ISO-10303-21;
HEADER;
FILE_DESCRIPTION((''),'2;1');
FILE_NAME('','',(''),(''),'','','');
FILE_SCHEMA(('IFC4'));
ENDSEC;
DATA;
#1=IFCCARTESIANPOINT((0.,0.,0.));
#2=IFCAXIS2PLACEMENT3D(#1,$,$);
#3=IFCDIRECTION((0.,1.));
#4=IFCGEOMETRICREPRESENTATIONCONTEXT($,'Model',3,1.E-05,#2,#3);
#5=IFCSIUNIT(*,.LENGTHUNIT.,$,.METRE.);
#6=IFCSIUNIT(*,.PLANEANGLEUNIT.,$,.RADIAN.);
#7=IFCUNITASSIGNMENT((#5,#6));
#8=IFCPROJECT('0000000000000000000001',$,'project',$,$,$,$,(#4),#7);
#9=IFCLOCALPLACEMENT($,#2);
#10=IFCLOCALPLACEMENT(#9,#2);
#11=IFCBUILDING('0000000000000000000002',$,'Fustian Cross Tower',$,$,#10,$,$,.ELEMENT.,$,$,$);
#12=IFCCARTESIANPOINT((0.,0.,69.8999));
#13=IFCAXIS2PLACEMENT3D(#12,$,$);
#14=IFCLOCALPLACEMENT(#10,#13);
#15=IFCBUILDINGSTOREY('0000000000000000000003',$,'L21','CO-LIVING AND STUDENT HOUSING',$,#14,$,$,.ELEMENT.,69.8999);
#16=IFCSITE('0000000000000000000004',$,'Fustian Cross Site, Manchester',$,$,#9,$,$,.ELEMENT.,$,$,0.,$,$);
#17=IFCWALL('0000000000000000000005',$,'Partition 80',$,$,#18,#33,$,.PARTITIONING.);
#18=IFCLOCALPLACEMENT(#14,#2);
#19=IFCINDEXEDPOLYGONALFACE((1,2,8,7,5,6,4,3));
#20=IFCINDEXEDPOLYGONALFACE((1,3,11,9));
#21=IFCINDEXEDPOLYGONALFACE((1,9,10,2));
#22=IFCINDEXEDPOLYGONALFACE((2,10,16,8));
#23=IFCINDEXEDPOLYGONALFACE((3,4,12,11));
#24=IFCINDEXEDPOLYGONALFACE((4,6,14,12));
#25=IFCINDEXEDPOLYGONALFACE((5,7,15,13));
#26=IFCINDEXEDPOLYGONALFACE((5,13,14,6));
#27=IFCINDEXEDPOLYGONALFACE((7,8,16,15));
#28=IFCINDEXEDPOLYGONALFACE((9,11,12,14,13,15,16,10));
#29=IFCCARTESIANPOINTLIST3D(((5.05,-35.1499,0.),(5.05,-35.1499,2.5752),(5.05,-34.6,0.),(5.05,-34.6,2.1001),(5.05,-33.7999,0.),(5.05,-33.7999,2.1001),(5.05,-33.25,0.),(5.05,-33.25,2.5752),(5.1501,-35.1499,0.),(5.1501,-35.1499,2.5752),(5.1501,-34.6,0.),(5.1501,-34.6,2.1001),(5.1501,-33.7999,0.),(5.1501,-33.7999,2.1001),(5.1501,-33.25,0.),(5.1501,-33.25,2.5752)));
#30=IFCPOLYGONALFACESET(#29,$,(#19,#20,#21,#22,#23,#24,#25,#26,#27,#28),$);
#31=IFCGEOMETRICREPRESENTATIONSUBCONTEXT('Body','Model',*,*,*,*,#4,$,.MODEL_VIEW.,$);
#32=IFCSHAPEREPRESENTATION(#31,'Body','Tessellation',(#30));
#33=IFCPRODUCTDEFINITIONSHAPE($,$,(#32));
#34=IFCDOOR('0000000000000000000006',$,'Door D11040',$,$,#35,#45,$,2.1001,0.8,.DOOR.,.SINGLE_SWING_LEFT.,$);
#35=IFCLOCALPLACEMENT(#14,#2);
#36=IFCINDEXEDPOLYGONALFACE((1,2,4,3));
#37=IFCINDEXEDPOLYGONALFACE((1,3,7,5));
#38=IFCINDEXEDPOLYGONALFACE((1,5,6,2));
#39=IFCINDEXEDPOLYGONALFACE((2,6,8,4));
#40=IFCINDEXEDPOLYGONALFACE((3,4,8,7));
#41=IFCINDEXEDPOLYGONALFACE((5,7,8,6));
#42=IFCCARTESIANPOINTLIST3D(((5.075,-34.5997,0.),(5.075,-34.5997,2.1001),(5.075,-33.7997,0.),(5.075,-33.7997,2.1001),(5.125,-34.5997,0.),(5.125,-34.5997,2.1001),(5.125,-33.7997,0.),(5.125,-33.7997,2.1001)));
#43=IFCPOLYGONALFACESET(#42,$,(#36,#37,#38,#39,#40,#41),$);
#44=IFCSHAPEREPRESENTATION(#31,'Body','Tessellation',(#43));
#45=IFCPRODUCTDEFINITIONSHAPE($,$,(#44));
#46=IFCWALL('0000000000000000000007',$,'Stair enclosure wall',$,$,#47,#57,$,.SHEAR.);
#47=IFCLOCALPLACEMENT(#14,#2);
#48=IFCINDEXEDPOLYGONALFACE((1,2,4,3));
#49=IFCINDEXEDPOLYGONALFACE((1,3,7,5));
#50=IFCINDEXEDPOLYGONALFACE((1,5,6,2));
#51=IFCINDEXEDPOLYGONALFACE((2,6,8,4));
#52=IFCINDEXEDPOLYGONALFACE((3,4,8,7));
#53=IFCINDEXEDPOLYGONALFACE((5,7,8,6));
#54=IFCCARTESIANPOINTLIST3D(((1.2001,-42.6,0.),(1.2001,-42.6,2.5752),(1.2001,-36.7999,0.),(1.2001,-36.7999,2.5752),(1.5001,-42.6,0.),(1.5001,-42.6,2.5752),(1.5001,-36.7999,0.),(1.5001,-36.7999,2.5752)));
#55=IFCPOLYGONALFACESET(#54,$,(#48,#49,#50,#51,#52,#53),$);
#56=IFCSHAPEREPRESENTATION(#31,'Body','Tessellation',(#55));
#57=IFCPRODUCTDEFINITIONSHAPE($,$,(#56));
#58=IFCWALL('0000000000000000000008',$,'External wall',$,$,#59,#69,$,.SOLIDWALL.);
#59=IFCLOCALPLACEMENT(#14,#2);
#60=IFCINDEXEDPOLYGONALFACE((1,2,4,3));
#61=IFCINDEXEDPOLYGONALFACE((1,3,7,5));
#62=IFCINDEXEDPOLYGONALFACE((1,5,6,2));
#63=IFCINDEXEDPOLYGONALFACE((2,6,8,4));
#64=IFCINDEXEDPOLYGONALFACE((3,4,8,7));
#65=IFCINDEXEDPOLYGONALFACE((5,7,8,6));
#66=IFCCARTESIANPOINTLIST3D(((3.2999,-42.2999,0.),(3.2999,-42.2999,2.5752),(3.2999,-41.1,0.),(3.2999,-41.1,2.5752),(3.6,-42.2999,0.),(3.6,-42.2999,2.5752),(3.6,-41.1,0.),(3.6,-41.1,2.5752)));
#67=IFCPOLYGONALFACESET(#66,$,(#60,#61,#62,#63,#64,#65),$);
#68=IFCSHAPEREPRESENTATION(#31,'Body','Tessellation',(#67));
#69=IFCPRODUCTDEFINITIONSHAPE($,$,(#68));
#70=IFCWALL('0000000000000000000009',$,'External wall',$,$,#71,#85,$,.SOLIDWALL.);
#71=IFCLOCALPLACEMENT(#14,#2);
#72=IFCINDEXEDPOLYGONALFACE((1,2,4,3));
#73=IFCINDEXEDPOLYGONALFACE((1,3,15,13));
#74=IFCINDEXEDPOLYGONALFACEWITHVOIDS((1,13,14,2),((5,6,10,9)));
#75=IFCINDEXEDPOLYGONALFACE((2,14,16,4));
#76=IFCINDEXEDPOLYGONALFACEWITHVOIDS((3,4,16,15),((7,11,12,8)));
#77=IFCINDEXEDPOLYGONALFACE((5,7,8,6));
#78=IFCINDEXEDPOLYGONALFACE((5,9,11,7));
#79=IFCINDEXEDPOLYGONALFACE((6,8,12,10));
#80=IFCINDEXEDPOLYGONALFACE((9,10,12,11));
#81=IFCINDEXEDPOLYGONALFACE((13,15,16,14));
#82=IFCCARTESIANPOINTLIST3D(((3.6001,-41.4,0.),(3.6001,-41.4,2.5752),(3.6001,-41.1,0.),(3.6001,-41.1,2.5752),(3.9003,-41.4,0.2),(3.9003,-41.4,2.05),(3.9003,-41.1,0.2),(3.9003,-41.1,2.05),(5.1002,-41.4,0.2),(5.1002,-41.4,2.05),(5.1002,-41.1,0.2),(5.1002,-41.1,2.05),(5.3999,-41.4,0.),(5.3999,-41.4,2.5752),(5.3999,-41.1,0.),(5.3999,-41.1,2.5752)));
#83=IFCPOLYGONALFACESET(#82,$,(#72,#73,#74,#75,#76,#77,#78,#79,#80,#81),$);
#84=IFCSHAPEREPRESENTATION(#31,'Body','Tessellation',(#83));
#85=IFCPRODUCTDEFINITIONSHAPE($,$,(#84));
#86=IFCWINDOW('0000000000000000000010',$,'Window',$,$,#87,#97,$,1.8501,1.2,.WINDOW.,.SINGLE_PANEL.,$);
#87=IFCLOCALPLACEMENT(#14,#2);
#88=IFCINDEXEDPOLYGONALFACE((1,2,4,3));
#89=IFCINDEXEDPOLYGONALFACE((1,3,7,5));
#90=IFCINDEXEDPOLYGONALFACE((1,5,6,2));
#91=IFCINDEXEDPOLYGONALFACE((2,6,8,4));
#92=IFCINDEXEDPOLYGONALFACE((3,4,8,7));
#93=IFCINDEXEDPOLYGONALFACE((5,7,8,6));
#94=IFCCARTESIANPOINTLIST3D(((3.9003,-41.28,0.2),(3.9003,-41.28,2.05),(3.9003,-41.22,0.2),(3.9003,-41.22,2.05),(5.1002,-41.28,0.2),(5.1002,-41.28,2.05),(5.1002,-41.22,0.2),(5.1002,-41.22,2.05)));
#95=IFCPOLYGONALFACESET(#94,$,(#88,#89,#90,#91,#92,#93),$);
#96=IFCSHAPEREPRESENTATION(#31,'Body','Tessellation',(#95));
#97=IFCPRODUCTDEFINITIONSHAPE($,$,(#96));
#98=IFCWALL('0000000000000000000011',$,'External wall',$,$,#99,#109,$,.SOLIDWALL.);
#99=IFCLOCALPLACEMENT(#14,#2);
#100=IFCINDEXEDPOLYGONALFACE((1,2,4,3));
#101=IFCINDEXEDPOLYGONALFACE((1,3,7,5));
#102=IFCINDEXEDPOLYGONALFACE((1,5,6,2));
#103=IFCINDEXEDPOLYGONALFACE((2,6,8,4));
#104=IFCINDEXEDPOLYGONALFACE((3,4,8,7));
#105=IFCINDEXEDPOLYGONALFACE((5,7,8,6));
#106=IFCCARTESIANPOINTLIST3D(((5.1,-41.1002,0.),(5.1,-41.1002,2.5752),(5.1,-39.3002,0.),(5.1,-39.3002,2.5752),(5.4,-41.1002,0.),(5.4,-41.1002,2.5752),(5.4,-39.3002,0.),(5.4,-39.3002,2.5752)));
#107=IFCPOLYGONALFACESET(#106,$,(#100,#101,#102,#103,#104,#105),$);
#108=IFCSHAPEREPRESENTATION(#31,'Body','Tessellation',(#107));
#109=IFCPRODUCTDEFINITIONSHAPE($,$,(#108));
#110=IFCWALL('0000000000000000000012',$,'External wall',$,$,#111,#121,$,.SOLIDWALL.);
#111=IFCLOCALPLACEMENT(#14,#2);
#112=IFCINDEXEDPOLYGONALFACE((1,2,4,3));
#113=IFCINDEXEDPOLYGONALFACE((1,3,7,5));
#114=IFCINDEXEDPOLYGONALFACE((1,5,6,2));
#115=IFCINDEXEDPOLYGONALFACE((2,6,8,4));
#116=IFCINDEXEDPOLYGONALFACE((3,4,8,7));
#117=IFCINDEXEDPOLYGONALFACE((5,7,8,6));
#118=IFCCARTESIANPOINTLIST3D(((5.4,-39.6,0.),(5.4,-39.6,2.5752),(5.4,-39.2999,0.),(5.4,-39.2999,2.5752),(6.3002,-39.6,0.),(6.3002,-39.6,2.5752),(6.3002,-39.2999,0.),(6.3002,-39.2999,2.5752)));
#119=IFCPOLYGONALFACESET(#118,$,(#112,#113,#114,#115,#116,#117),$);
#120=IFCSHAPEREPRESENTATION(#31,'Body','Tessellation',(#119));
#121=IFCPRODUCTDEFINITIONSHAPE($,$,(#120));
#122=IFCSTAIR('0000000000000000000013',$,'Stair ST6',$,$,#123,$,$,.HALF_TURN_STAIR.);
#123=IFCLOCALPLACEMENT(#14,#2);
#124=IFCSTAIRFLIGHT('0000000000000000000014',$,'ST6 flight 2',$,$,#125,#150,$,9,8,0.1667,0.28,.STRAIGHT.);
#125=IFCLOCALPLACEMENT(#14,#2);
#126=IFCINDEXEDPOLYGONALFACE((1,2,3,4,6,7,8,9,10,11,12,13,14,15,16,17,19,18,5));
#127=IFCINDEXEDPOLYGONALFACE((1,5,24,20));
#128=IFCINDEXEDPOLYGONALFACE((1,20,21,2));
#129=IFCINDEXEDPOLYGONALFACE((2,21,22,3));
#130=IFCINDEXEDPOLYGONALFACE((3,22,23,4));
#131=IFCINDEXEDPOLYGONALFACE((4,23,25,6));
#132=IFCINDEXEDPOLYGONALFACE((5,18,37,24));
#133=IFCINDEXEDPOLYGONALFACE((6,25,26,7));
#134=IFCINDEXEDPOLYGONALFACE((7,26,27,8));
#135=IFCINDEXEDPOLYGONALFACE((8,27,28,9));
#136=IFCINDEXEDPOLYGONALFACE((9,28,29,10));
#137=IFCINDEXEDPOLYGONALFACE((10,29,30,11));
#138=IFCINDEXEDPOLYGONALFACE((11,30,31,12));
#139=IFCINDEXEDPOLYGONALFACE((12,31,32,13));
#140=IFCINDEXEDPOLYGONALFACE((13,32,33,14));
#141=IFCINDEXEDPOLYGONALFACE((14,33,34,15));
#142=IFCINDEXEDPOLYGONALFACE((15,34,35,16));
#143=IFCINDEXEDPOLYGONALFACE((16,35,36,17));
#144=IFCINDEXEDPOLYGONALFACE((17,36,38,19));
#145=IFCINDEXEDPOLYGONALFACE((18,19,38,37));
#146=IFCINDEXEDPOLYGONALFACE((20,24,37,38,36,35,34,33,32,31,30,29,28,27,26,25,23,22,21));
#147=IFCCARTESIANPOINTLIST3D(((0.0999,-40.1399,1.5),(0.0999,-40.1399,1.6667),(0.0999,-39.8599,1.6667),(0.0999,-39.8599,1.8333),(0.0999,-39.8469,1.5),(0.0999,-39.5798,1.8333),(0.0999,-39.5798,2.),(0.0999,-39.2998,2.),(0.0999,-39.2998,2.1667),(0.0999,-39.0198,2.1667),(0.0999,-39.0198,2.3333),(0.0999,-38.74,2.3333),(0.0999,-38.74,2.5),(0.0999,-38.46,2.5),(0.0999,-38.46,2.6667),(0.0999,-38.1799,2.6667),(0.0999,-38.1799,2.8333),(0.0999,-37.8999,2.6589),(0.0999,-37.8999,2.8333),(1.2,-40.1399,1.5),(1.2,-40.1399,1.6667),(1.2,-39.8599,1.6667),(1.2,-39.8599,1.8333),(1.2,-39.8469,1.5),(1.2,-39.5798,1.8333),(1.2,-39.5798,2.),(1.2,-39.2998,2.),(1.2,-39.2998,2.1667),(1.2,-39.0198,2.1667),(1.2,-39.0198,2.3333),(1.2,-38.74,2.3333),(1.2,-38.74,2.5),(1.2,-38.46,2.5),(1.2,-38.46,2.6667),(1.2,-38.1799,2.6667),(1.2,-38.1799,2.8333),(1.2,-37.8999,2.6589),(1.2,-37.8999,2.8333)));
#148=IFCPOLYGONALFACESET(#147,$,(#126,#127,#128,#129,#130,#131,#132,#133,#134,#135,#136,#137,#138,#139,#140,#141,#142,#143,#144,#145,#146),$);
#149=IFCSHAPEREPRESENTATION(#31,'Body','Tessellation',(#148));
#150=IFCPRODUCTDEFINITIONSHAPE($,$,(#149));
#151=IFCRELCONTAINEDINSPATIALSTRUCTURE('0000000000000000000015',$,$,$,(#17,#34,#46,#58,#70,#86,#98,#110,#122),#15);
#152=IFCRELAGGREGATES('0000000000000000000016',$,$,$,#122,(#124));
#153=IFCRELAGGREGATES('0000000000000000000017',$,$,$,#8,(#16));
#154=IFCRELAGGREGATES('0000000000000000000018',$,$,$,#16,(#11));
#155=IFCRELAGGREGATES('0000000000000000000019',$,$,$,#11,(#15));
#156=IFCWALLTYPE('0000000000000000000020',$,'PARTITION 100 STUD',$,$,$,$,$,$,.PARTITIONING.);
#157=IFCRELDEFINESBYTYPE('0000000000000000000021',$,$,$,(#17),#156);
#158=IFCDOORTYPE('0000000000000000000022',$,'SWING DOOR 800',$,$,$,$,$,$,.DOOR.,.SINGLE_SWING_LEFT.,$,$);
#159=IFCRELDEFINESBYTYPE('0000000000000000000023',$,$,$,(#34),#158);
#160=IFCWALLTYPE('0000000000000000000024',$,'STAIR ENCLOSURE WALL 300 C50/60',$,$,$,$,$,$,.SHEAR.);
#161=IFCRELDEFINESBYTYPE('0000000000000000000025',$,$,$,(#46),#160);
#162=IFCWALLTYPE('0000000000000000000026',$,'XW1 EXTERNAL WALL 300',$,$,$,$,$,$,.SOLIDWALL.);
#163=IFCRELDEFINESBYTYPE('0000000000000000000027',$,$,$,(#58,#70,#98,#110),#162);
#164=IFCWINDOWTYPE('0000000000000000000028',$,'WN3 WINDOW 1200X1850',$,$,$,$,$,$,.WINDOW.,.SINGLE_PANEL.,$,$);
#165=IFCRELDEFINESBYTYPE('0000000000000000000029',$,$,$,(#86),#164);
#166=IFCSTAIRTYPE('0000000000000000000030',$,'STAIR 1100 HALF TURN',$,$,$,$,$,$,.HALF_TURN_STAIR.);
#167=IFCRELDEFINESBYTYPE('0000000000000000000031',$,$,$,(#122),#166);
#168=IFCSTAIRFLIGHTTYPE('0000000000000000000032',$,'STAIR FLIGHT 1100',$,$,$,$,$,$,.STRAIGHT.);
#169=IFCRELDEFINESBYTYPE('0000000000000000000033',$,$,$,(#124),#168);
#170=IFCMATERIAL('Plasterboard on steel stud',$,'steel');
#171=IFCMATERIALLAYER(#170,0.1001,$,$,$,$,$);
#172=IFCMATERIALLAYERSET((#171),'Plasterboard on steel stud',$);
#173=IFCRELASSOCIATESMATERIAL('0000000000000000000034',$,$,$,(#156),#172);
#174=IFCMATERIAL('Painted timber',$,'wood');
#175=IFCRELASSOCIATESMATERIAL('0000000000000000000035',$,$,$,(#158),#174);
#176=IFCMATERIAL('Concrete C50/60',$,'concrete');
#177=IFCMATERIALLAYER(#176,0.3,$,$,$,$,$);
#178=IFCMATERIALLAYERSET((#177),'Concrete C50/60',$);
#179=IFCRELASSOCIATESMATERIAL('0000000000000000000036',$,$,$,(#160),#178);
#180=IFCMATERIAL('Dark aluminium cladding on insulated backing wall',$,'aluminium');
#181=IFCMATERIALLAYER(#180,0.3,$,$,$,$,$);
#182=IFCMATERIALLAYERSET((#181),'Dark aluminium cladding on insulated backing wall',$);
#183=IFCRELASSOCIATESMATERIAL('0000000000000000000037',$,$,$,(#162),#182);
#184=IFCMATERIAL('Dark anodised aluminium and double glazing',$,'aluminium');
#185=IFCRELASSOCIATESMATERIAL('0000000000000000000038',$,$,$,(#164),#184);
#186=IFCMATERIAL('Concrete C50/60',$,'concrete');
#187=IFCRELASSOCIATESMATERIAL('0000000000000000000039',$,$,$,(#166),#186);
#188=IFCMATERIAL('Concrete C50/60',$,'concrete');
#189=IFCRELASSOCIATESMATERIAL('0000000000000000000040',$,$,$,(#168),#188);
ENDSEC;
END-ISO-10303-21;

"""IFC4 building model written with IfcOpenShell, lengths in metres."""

from ifc_helpers import new_model, si_unit, direction, frame, frame_2d, origin, place, context, subcontext, project, spatial, polyline, rectangle, outline, extrude, material, layer, layer_set, type_object, element, fill, aggregate, save


model = new_model("IFC4")

# Units and contexts
model_context = context("Model", 3, precision=1e-05, world=origin(), true_north=direction((0.0, 1.0)))
body_context = subcontext(model_context, "Body", "Model", "MODEL_VIEW")
ifc_project = project(units=[si_unit("LENGTHUNIT", "METRE"), si_unit("PLANEANGLEUNIT", "RADIAN")], contexts=[model_context])

# Site, building, storey
site_placement = place(None, origin())
site = spatial("IfcSite", under=ifc_project, at=site_placement, Name="Fustian Cross Site, Manchester", CompositionType="ELEMENT", RefElevation=0.0)
building_placement = place(site_placement, origin())
building = spatial("IfcBuilding", under=site, at=building_placement, Name="Fustian Cross Tower", CompositionType="ELEMENT")
storey_placement = place(building_placement, frame((0.0, 0.0, 69.8999)))
storey = spatial("IfcBuildingStorey", under=building, at=storey_placement, Name="L21", Description="CO-LIVING AND STUDENT HOUSING", CompositionType="ELEMENT", Elevation=69.8999)

# Wall, opening, door
ifc_material_1 = material(Name="Plasterboard on steel stud", Category="steel")
ifc_layer_1 = layer(ifc_material_1, 0.1001)
ifc_layer_set_1 = layer_set([ifc_layer_1], Name="Plasterboard on steel stud")
wall_type_1 = type_object("IfcWallType", Name="PARTITION 100 STUD", PredefinedType="PARTITIONING", material=ifc_layer_set_1)
wall_1_placement = place(storey_placement, frame((5.1001, -35.1499, 0.0), z_axis=(0.0, 0.0, 1.0), x_axis=(0.0, 1.0, 0.0)))
wall_1 = element("IfcWall", 1, at=wall_1_placement, inside=storey, type_object=wall_type_1, Name="Partition 80", PredefinedType="PARTITIONING", context=body_context, shape_type="SweptSolid", body=[
    extrude(rectangle(XDim=1.8999, YDim=0.1001, at=frame_2d((0.95, 0.0))), origin(), (0.0, 0.0, 1.0), 2.5752),
])
opening_1_placement = place(wall_1_placement, frame((0.55, 0.0, 0.0)))
opening_1 = element("IfcOpeningElement", 2, at=opening_1_placement, cuts=wall_1, PredefinedType="OPENING", context=body_context, shape_type="SweptSolid", body=[
    extrude(rectangle(XDim=0.8, YDim=2.1001, at=frame_2d((0.3999, 1.05))), frame((0.0, 0.0601, 0.0), z_axis=(0.0, -1.0, 0.0), x_axis=(1.0, 0.0, 0.0)), (0.0, 0.0, 1.0), 0.1201),
])
ifc_material_2 = material(Name="Painted timber", Category="wood")
door_type_1 = type_object("IfcDoorType", Name="SWING DOOR 800", OperationType="SINGLE_SWING_LEFT", PredefinedType="DOOR", material=ifc_material_2)
door_1_placement = place(opening_1_placement, frame((0.8, 0.0, 0.0), z_axis=(0.0, 0.0, 1.0), x_axis=(-1.0, 0.0, 0.0)))
door_1 = element("IfcDoor", 3, at=door_1_placement, inside=storey, type_object=door_type_1, Name="Door D11040", OperationType="SINGLE_SWING_LEFT", OverallHeight=2.1001, OverallWidth=0.8, PredefinedType="DOOR", context=body_context, shape_type="SweptSolid", body=[
    extrude(rectangle(XDim=0.8, YDim=2.1001, at=frame_2d((0.3999, 1.05))), frame((0.0, 0.0249, 0.0), z_axis=(0.0, -1.0, 0.0), x_axis=(1.0, 0.0, 0.0)), (0.0, 0.0, 1.0), 0.05),
])
fill(opening_1, door_1)

# Walls
ifc_material_3 = material(Name="Concrete C50/60", Category="concrete")
ifc_layer_2 = layer(ifc_material_3, 0.3)
ifc_layer_set_2 = layer_set([ifc_layer_2], Name="Concrete C50/60")
wall_type_2 = type_object("IfcWallType", Name="STAIR ENCLOSURE WALL 300 C50/60", PredefinedType="SHEAR", material=ifc_layer_set_2)
wall_2_placement = place(storey_placement, frame((1.3501, -36.8, 0.0), z_axis=(0.0, 0.0, 1.0), x_axis=(0.0, -1.0, 0.0)))
element("IfcWall", 4, at=wall_2_placement, inside=storey, type_object=wall_type_2, Name="Stair enclosure wall", PredefinedType="SHEAR", context=body_context, shape_type="SweptSolid", body=[
    extrude(rectangle(XDim=5.8, YDim=0.3, at=frame_2d((2.8999, 0.0))), origin(), (0.0, 0.0, 1.0), 2.5752),
])
ifc_material_4 = material(Name="Dark aluminium cladding on insulated backing wall", Category="aluminium")
ifc_layer_3 = layer(ifc_material_4, 0.3)
ifc_layer_set_3 = layer_set([ifc_layer_3], Name="Dark aluminium cladding on insulated backing wall")
wall_type_3 = type_object("IfcWallType", Name="XW1 EXTERNAL WALL 300", PredefinedType="SOLIDWALL", material=ifc_layer_set_3)
wall_3_placement = place(storey_placement, frame((3.45, -42.3, 0.0), z_axis=(0.0, 0.0, 1.0), x_axis=(0.0, 1.0, 0.0)))
element("IfcWall", 5, at=wall_3_placement, inside=storey, type_object=wall_type_3, Name="External wall", PredefinedType="SOLIDWALL", context=body_context, shape_type="SweptSolid", body=[
    extrude(rectangle(XDim=1.2, YDim=0.3, at=frame_2d((0.6001, 0.0))), origin(), (0.0, 0.0, 1.0), 2.5752),
])

# Wall, opening, window
wall_4_placement = place(storey_placement, frame((3.6001, -41.25, 0.0), z_axis=(0.0, 0.0, 1.0), x_axis=(1.0, 0.0, 0.0)))
wall_4 = element("IfcWall", 6, at=wall_4_placement, inside=storey, type_object=wall_type_3, Name="External wall", PredefinedType="SOLIDWALL", context=body_context, shape_type="SweptSolid", body=[
    extrude(rectangle(XDim=1.7998, YDim=0.3, at=frame_2d((0.8999, 0.0))), origin(), (0.0, 0.0, 1.0), 2.5752),
])
opening_2_placement = place(wall_4_placement, frame((0.3, 0.0, 0.2)))
opening_2 = element("IfcOpeningElement", 7, at=opening_2_placement, cuts=wall_4, PredefinedType="OPENING", context=body_context, shape_type="SweptSolid", body=[
    extrude(rectangle(XDim=1.2, YDim=1.8501, at=frame_2d((0.6001, 0.925))), frame((0.0, 0.1599, 0.0), z_axis=(0.0, -1.0, 0.0), x_axis=(1.0, 0.0, 0.0)), (0.0, 0.0, 1.0), 0.3201),
])
ifc_material_5 = material(Name="Dark anodised aluminium and double glazing", Category="aluminium")
window_type = type_object("IfcWindowType", Name="WN3 WINDOW 1200X1850", PartitioningType="SINGLE_PANEL", PredefinedType="WINDOW", material=ifc_material_5)
window_placement = place(opening_2_placement, origin())
window = element("IfcWindow", 8, at=window_placement, inside=storey, type_object=window_type, Name="Window", OverallHeight=1.8501, OverallWidth=1.2, PartitioningType="SINGLE_PANEL", PredefinedType="WINDOW", context=body_context, shape_type="SweptSolid", body=[
    extrude(rectangle(XDim=1.2, YDim=1.8501, at=frame_2d((0.6001, 0.925))), frame((0.0, 0.03, 0.0), z_axis=(0.0, -1.0, 0.0), x_axis=(1.0, 0.0, 0.0)), (0.0, 0.0, 1.0), 0.0601),
])
fill(opening_2, window)

# Walls
wall_5_placement = place(storey_placement, frame((5.25, -41.1001, 0.0), z_axis=(0.0, 0.0, 1.0), x_axis=(0.0, 1.0, 0.0)))
element("IfcWall", 9, at=wall_5_placement, inside=storey, type_object=wall_type_3, Name="External wall", PredefinedType="SOLIDWALL", context=body_context, shape_type="SweptSolid", body=[
    extrude(rectangle(XDim=1.8, YDim=0.3, at=frame_2d((0.8999, 0.0))), origin(), (0.0, 0.0, 1.0), 2.5752),
])
wall_6_placement = place(storey_placement, frame((5.3999, -39.45, 0.0), z_axis=(0.0, 0.0, 1.0), x_axis=(1.0, 0.0, 0.0)))
element("IfcWall", 10, at=wall_6_placement, inside=storey, type_object=wall_type_3, Name="External wall", PredefinedType="SOLIDWALL", context=body_context, shape_type="SweptSolid", body=[
    extrude(rectangle(XDim=0.9001, YDim=0.3, at=frame_2d((0.4502, 0.0))), origin(), (0.0, 0.0, 1.0), 2.5752),
])

# Stair, stair flight
ifc_material_6 = material(Name="Concrete C50/60", Category="concrete")
stair_type = type_object("IfcStairType", Name="STAIR 1100 HALF TURN", PredefinedType="HALF_TURN_STAIR", material=ifc_material_6)
stair_placement = place(storey_placement, origin())
stair = element("IfcStair", 11, at=stair_placement, inside=storey, type_object=stair_type, Name="Stair ST6", PredefinedType="HALF_TURN_STAIR")
ifc_material_7 = material(Name="Concrete C50/60", Category="concrete")
stair_flight_type = type_object("IfcStairFlightType", Name="STAIR FLIGHT 1100", PredefinedType="STRAIGHT", material=ifc_material_7)
stair_flight_placement = place(storey_placement, frame((0.6499, -40.1399, 1.5), z_axis=(0.0, 0.0, 1.0), x_axis=(0.0, 1.0, 0.0)))
stair_flight = element("IfcStairFlight", 12, at=stair_flight_placement, type_object=stair_flight_type, Name="ST6 flight 2", NumberOfRisers=9, NumberOfTreads=8, PredefinedType="STRAIGHT", RiserHeight=0.1667, TreadLength=0.28, context=body_context, shape_type="SweptSolid", body=[
    extrude(outline(polyline([(0.0, 0.0), (0.0, 0.1667), (0.28, 0.1667), (0.28, 0.3333), (0.5601, 0.3333), (0.5601, 0.5), (0.8401, 0.5), (0.8401, 0.6667), (1.1201, 0.6667), (1.1201, 0.8333), (1.3999, 0.8333), (1.3999, 1.0), (1.6799, 1.0), (1.6799, 1.1667), (1.96, 1.1667), (1.96, 1.3333), (2.24, 1.3333), (2.24, 1.5), (2.24, 1.1589), (0.293, 0.0), (0.0, 0.0)])), frame((0.0, 0.55, 0.0), z_axis=(0.0, -1.0, 0.0), x_axis=(1.0, 0.0, 0.0)), (0.0, 0.0, 1.0), 1.1001),
])
aggregate(stair, [stair_flight])

save(model, "model.ifc")
